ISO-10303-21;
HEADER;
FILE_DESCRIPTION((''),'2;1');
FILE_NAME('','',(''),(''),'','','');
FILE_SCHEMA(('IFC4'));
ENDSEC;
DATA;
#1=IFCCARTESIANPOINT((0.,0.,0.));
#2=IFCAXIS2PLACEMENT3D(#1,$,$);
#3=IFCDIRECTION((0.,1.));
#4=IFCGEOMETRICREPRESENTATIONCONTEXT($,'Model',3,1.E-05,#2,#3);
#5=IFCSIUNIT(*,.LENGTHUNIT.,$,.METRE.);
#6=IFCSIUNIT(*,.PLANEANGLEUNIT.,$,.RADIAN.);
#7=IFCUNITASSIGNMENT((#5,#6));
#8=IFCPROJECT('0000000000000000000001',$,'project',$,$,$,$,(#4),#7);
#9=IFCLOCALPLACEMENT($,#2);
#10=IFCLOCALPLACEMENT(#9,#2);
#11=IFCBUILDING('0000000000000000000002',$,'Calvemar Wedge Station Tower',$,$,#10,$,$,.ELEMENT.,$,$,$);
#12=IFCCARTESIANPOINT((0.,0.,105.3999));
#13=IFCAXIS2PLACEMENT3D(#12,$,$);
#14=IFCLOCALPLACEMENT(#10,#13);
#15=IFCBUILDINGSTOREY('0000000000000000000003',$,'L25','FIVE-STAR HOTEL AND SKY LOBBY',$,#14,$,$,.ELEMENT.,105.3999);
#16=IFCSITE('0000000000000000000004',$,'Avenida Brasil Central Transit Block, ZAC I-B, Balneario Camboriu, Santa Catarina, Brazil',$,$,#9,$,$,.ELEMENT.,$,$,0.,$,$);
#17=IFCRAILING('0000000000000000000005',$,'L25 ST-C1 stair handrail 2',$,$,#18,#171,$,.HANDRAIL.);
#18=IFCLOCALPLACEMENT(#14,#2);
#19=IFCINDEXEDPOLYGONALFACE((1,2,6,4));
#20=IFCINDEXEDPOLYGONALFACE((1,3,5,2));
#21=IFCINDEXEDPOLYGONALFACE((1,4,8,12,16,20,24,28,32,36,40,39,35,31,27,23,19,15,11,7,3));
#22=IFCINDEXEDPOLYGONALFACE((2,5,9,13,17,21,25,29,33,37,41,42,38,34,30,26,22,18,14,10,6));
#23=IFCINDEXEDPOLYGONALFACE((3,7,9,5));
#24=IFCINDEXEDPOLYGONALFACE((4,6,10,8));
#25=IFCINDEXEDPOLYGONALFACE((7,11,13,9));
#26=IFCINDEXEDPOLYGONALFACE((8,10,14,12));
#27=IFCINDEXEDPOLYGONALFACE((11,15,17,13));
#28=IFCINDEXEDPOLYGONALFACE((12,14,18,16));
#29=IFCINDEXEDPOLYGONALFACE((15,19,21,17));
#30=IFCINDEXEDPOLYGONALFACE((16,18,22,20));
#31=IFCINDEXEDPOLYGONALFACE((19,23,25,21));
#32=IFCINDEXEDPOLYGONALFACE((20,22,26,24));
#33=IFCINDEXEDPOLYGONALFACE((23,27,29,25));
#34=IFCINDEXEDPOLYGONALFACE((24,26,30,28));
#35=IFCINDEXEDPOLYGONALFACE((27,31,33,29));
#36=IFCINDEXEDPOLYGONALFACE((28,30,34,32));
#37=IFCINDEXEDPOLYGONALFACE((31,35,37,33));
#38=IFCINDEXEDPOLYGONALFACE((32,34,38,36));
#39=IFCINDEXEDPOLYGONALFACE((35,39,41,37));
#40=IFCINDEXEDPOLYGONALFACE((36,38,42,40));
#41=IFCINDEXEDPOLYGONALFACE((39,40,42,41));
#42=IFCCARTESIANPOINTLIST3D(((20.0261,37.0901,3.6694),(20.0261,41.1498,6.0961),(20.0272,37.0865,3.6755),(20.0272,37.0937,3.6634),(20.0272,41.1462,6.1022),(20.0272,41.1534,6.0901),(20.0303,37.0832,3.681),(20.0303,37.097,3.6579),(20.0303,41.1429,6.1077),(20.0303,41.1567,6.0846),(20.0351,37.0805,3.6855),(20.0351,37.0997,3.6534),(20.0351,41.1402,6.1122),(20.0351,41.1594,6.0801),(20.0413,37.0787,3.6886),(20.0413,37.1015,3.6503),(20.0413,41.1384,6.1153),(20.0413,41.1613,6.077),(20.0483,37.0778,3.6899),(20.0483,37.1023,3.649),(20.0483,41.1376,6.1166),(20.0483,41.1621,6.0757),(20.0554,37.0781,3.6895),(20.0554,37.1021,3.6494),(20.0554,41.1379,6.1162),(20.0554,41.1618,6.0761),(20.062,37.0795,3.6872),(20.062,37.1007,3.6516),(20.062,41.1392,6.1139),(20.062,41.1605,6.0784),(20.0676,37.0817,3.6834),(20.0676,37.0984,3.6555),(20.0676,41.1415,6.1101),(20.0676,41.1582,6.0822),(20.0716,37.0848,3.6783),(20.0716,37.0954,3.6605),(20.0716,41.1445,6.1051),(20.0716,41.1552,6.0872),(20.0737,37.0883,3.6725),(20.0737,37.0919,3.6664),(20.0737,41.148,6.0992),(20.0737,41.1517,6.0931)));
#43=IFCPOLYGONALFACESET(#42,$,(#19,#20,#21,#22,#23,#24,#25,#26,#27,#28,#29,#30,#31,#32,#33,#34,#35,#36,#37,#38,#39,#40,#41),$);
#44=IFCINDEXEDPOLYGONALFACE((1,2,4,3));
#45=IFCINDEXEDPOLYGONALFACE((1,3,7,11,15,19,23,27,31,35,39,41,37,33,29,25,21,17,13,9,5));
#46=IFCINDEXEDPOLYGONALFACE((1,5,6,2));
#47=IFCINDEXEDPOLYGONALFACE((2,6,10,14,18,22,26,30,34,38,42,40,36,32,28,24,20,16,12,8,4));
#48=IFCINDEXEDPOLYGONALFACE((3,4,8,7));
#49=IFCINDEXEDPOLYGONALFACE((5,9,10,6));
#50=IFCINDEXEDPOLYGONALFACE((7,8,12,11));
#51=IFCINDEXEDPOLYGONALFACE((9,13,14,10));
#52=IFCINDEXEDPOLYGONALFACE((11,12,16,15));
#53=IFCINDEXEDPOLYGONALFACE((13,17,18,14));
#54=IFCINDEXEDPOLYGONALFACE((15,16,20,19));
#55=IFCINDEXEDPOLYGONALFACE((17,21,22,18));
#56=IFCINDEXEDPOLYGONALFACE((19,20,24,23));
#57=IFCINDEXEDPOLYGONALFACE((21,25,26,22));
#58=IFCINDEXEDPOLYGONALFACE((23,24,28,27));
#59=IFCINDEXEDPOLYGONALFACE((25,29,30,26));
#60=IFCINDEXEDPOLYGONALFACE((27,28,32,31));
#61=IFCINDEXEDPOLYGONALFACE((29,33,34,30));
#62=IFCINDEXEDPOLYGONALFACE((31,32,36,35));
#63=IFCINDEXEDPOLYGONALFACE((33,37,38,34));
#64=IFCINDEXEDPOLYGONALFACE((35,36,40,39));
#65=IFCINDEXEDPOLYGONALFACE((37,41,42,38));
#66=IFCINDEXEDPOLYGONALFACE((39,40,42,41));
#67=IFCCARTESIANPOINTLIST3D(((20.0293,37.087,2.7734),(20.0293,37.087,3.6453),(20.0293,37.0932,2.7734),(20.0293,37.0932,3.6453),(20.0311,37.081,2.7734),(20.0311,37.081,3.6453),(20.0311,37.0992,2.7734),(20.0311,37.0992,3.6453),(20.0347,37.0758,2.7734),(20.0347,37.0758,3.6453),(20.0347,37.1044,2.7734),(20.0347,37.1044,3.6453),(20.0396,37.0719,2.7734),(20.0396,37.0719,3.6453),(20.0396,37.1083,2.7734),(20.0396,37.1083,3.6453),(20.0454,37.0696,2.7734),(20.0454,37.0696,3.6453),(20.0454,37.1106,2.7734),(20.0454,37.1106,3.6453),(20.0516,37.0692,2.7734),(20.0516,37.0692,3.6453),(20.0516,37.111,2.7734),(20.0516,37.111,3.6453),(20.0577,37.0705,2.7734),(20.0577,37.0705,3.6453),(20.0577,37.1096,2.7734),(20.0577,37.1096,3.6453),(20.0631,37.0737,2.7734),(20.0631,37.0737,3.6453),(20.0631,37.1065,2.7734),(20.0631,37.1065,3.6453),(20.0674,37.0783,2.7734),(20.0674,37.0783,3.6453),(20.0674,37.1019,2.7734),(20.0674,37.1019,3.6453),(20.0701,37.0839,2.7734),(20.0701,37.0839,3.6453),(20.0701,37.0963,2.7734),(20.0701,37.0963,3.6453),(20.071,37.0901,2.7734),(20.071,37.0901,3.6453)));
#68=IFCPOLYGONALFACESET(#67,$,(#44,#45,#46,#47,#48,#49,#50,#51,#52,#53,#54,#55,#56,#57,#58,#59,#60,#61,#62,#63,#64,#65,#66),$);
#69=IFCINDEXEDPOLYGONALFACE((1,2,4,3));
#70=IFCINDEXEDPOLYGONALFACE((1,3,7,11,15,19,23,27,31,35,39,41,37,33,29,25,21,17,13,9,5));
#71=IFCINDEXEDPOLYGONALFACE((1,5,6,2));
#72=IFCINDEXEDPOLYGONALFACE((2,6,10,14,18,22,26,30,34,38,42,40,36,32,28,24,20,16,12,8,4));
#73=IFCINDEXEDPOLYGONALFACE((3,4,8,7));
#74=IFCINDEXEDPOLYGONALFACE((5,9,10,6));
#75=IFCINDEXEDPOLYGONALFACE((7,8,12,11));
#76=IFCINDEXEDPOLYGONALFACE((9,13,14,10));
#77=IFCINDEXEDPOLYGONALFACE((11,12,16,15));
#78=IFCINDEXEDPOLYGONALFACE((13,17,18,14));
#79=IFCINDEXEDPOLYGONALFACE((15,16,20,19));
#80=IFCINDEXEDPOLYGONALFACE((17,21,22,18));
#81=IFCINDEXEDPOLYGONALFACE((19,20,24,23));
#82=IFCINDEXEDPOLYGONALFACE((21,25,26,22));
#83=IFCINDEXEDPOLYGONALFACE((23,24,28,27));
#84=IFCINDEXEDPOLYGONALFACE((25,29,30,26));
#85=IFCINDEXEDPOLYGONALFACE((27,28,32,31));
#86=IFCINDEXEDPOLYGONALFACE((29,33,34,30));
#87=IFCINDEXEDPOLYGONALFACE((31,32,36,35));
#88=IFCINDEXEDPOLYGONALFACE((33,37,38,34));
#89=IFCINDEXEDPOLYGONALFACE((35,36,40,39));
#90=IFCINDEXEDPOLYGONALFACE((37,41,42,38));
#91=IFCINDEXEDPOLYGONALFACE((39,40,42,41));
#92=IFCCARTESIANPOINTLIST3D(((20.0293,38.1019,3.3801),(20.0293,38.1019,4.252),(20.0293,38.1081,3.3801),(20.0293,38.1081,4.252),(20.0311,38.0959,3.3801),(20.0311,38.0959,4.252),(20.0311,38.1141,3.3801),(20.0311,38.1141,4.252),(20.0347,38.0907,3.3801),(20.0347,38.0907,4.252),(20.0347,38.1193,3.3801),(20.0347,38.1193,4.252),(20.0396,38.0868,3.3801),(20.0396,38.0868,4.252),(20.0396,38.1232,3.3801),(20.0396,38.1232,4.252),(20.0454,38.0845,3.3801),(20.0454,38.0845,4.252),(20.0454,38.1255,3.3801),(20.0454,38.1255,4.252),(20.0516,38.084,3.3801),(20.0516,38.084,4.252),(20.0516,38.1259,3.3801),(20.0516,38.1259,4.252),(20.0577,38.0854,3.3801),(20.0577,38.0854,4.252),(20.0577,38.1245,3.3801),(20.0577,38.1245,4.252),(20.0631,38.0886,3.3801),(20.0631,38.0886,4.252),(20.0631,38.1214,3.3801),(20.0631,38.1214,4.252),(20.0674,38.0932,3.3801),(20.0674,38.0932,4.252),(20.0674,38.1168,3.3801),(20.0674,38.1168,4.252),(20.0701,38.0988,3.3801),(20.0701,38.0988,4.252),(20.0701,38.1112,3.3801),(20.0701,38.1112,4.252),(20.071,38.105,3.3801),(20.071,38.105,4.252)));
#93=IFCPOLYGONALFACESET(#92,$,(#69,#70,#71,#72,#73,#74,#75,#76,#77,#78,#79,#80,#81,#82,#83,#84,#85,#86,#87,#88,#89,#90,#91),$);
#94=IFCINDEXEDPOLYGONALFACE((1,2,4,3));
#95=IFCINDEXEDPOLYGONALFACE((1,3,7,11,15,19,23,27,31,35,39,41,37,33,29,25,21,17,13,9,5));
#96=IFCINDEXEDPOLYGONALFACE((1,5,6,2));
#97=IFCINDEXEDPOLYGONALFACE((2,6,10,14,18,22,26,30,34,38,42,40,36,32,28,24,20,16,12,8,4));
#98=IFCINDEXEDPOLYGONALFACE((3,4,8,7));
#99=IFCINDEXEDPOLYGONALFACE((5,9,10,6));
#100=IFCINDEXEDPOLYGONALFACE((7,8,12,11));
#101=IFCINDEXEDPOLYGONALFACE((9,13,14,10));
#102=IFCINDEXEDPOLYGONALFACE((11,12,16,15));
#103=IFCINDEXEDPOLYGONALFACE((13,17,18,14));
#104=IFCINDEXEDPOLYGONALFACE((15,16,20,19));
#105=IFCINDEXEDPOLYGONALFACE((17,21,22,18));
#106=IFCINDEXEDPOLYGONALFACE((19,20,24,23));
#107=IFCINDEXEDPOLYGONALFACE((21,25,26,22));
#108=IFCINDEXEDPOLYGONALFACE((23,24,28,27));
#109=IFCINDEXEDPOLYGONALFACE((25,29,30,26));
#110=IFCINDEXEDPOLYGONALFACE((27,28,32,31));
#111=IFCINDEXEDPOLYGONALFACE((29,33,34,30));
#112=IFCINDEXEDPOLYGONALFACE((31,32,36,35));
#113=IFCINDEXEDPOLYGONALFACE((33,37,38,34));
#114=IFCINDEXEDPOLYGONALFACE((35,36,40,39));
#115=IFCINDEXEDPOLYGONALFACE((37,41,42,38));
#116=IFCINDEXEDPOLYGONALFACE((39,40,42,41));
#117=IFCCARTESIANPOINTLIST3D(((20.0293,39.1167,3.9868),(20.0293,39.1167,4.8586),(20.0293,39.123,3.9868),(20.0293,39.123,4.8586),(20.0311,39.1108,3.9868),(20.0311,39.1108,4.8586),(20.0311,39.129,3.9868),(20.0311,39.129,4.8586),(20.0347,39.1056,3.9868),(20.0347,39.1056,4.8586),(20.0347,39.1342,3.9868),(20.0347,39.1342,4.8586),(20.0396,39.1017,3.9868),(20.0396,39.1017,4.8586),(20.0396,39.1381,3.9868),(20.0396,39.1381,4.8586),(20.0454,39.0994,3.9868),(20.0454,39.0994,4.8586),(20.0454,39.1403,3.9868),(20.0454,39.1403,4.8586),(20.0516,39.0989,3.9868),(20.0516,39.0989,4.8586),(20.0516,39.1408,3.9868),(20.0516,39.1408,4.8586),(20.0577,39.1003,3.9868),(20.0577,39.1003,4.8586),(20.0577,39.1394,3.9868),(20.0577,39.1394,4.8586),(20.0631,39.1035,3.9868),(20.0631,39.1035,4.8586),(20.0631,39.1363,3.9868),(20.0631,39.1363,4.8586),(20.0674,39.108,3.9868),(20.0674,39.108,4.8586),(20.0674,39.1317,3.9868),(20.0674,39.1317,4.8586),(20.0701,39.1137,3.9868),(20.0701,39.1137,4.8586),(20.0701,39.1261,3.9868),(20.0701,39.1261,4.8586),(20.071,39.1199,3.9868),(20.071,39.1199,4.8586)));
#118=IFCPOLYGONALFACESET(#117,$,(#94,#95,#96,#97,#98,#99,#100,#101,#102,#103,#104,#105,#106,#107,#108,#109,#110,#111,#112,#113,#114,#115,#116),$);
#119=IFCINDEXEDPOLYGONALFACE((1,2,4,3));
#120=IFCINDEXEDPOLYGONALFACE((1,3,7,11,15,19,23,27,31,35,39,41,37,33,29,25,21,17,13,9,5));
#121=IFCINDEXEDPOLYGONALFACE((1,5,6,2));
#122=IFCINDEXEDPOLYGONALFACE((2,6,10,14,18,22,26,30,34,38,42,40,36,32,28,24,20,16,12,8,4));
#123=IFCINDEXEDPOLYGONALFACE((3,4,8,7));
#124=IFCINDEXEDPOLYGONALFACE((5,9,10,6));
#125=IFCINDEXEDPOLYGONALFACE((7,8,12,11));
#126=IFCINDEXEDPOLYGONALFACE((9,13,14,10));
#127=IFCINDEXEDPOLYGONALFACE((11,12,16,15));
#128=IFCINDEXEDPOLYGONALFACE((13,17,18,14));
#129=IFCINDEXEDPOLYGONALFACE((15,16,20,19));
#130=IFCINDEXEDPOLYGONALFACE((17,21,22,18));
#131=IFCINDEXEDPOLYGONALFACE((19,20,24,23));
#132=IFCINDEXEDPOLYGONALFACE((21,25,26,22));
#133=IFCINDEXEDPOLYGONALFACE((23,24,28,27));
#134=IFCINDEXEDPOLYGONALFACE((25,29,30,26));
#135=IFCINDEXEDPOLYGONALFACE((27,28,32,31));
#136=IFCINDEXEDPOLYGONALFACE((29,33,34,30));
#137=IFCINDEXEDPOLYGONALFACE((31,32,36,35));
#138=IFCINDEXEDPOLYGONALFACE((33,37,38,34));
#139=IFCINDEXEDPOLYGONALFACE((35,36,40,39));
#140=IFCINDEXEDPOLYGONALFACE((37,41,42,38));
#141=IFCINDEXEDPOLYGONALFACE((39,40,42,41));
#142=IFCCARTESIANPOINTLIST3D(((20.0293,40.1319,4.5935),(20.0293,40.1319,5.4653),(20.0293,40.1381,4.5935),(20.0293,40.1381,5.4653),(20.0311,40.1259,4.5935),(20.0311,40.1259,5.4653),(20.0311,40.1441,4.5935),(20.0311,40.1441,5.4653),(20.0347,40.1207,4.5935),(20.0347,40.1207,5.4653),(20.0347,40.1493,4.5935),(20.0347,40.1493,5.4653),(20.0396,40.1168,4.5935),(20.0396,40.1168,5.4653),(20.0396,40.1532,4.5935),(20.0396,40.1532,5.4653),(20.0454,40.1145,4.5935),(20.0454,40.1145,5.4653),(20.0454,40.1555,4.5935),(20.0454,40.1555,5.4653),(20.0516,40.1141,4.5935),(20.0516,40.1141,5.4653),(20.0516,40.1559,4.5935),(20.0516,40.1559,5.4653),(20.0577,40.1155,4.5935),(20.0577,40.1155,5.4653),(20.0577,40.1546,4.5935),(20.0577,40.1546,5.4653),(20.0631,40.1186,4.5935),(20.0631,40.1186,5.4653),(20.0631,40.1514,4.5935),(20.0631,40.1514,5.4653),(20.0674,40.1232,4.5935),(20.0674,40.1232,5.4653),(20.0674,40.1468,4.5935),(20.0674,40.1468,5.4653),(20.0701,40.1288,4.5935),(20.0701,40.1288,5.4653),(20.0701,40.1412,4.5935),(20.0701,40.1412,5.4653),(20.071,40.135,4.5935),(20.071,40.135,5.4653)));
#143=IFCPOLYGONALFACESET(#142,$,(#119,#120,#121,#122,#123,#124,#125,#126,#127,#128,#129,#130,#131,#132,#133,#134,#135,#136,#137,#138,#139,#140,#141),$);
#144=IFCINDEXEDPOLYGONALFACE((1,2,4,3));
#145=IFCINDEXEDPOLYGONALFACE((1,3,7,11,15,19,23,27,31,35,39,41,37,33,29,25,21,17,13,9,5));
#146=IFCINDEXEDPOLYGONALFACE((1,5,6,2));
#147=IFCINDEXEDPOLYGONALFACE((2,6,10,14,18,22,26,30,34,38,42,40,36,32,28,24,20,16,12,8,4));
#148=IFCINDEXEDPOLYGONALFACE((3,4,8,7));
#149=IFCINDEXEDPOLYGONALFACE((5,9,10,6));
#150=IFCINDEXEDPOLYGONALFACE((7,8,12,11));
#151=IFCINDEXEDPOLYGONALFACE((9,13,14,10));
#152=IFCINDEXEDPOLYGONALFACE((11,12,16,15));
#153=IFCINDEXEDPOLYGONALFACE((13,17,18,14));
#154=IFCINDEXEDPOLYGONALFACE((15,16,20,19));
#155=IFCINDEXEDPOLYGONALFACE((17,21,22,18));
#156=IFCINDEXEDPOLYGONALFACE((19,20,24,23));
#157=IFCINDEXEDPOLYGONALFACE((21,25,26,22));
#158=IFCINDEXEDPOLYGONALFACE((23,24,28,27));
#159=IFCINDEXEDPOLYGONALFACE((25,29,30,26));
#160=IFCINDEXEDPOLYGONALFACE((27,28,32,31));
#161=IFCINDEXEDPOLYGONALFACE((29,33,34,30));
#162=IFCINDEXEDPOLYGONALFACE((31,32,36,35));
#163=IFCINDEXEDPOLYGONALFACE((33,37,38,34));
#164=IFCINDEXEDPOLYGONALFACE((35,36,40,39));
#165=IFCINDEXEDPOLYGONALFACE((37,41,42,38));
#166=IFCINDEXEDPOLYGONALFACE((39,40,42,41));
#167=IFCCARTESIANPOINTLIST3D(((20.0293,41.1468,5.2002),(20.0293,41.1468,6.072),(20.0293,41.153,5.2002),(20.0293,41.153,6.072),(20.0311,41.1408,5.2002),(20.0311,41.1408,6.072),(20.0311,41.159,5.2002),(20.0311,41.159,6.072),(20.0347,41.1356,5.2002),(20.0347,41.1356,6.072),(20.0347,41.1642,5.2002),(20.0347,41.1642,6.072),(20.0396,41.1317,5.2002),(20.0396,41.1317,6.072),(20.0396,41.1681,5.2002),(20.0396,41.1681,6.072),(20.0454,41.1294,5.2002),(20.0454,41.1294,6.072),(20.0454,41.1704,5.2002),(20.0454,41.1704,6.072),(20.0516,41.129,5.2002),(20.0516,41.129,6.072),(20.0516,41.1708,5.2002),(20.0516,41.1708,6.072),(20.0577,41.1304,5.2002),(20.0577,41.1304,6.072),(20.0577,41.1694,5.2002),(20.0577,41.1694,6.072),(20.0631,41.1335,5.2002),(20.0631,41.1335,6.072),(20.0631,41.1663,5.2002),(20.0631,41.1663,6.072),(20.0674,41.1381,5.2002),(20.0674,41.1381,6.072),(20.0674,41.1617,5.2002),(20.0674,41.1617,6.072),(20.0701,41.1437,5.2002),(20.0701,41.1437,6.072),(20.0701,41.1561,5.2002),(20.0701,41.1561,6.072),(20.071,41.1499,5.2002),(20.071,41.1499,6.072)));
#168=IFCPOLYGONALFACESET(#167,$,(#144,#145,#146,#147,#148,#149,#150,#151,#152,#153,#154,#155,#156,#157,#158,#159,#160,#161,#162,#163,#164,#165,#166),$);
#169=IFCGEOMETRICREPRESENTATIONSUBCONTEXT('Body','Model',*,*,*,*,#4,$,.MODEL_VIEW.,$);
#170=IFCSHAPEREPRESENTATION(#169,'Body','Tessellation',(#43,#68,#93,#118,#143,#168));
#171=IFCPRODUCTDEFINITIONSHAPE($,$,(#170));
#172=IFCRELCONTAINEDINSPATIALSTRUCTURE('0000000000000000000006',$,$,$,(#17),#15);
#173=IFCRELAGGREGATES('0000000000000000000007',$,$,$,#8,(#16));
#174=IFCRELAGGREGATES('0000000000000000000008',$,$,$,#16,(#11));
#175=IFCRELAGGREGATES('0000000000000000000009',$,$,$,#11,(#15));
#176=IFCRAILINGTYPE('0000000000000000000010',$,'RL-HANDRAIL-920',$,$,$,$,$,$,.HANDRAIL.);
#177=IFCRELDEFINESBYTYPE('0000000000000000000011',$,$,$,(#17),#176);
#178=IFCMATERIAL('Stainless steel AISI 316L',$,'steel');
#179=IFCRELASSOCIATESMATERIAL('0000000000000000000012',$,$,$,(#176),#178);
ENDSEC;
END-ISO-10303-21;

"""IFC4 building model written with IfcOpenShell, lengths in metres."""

from ifc_helpers import new_model, si_unit, direction, frame, origin, origin_2d, place, context, subcontext, project, spatial, circle, extrude, material, type_object, element, save


model = new_model("IFC4")

# Units and contexts
model_context = context("Model", 3, precision=1e-05, world=origin(), true_north=direction((0.0, 1.0)))
body_context = subcontext(model_context, "Body", "Model", "MODEL_VIEW")
ifc_project = project(units=[si_unit("LENGTHUNIT", "METRE"), si_unit("PLANEANGLEUNIT", "RADIAN")], contexts=[model_context])

# Site, building, storey
site_placement = place(None, origin())
site = spatial("IfcSite", under=ifc_project, at=site_placement, Name="Avenida Brasil Central Transit Block, ZAC I-B, Balneario Camboriu, Santa Catarina, Brazil", CompositionType="ELEMENT", RefElevation=0.0)
building_placement = place(site_placement, origin())
building = spatial("IfcBuilding", under=site, at=building_placement, Name="Calvemar Wedge Station Tower", CompositionType="ELEMENT")
storey_placement = place(building_placement, frame((0.0, 0.0, 105.3999)))
storey = spatial("IfcBuildingStorey", under=building, at=storey_placement, Name="L25", Description="FIVE-STAR HOTEL AND SKY LOBBY", CompositionType="ELEMENT", Elevation=105.3999)

# Railing
ifc_material_1 = material(Name="Stainless steel AISI 316L", Category="steel")
railing_type_1 = type_object("IfcRailingType", Name="RL-HANDRAIL-920", PredefinedType="HANDRAIL", material=ifc_material_1)
railing_1_placement = place(storey_placement, frame((20.05, 37.0901, 2.7734)))
element("IfcRailing", 1, at=railing_1_placement, inside=storey, type_object=railing_type_1, Name="L25 ST-C1 stair handrail 2", PredefinedType="HANDRAIL", context=body_context, shape_type="SweptSolid", body=[
    extrude(circle(Radius=0.0239, at=origin_2d()), frame((0.0, 0.0, 0.896), z_axis=(0.0, 0.858343, 0.513076), x_axis=(-1.0, 0.0, 0.0)), (0.0, 0.0, 1.0), 4.7297),
    extrude(circle(Radius=0.021, at=origin_2d()), origin(), (0.0, 0.0, 1.0), 0.8718),
    extrude(circle(Radius=0.021, at=origin_2d()), frame((0.0, 1.0149, 0.6067)), (0.0, 0.0, 1.0), 0.8718),
    extrude(circle(Radius=0.021, at=origin_2d()), frame((0.0, 2.0298, 1.2134)), (0.0, 0.0, 1.0), 0.8718),
    extrude(circle(Radius=0.021, at=origin_2d()), frame((0.0, 3.0449, 1.8201)), (0.0, 0.0, 1.0), 0.8718),
    extrude(circle(Radius=0.021, at=origin_2d()), frame((0.0, 4.0598, 2.4268)), (0.0, 0.0, 1.0), 0.8718),
])

save(model, "model.ifc")
